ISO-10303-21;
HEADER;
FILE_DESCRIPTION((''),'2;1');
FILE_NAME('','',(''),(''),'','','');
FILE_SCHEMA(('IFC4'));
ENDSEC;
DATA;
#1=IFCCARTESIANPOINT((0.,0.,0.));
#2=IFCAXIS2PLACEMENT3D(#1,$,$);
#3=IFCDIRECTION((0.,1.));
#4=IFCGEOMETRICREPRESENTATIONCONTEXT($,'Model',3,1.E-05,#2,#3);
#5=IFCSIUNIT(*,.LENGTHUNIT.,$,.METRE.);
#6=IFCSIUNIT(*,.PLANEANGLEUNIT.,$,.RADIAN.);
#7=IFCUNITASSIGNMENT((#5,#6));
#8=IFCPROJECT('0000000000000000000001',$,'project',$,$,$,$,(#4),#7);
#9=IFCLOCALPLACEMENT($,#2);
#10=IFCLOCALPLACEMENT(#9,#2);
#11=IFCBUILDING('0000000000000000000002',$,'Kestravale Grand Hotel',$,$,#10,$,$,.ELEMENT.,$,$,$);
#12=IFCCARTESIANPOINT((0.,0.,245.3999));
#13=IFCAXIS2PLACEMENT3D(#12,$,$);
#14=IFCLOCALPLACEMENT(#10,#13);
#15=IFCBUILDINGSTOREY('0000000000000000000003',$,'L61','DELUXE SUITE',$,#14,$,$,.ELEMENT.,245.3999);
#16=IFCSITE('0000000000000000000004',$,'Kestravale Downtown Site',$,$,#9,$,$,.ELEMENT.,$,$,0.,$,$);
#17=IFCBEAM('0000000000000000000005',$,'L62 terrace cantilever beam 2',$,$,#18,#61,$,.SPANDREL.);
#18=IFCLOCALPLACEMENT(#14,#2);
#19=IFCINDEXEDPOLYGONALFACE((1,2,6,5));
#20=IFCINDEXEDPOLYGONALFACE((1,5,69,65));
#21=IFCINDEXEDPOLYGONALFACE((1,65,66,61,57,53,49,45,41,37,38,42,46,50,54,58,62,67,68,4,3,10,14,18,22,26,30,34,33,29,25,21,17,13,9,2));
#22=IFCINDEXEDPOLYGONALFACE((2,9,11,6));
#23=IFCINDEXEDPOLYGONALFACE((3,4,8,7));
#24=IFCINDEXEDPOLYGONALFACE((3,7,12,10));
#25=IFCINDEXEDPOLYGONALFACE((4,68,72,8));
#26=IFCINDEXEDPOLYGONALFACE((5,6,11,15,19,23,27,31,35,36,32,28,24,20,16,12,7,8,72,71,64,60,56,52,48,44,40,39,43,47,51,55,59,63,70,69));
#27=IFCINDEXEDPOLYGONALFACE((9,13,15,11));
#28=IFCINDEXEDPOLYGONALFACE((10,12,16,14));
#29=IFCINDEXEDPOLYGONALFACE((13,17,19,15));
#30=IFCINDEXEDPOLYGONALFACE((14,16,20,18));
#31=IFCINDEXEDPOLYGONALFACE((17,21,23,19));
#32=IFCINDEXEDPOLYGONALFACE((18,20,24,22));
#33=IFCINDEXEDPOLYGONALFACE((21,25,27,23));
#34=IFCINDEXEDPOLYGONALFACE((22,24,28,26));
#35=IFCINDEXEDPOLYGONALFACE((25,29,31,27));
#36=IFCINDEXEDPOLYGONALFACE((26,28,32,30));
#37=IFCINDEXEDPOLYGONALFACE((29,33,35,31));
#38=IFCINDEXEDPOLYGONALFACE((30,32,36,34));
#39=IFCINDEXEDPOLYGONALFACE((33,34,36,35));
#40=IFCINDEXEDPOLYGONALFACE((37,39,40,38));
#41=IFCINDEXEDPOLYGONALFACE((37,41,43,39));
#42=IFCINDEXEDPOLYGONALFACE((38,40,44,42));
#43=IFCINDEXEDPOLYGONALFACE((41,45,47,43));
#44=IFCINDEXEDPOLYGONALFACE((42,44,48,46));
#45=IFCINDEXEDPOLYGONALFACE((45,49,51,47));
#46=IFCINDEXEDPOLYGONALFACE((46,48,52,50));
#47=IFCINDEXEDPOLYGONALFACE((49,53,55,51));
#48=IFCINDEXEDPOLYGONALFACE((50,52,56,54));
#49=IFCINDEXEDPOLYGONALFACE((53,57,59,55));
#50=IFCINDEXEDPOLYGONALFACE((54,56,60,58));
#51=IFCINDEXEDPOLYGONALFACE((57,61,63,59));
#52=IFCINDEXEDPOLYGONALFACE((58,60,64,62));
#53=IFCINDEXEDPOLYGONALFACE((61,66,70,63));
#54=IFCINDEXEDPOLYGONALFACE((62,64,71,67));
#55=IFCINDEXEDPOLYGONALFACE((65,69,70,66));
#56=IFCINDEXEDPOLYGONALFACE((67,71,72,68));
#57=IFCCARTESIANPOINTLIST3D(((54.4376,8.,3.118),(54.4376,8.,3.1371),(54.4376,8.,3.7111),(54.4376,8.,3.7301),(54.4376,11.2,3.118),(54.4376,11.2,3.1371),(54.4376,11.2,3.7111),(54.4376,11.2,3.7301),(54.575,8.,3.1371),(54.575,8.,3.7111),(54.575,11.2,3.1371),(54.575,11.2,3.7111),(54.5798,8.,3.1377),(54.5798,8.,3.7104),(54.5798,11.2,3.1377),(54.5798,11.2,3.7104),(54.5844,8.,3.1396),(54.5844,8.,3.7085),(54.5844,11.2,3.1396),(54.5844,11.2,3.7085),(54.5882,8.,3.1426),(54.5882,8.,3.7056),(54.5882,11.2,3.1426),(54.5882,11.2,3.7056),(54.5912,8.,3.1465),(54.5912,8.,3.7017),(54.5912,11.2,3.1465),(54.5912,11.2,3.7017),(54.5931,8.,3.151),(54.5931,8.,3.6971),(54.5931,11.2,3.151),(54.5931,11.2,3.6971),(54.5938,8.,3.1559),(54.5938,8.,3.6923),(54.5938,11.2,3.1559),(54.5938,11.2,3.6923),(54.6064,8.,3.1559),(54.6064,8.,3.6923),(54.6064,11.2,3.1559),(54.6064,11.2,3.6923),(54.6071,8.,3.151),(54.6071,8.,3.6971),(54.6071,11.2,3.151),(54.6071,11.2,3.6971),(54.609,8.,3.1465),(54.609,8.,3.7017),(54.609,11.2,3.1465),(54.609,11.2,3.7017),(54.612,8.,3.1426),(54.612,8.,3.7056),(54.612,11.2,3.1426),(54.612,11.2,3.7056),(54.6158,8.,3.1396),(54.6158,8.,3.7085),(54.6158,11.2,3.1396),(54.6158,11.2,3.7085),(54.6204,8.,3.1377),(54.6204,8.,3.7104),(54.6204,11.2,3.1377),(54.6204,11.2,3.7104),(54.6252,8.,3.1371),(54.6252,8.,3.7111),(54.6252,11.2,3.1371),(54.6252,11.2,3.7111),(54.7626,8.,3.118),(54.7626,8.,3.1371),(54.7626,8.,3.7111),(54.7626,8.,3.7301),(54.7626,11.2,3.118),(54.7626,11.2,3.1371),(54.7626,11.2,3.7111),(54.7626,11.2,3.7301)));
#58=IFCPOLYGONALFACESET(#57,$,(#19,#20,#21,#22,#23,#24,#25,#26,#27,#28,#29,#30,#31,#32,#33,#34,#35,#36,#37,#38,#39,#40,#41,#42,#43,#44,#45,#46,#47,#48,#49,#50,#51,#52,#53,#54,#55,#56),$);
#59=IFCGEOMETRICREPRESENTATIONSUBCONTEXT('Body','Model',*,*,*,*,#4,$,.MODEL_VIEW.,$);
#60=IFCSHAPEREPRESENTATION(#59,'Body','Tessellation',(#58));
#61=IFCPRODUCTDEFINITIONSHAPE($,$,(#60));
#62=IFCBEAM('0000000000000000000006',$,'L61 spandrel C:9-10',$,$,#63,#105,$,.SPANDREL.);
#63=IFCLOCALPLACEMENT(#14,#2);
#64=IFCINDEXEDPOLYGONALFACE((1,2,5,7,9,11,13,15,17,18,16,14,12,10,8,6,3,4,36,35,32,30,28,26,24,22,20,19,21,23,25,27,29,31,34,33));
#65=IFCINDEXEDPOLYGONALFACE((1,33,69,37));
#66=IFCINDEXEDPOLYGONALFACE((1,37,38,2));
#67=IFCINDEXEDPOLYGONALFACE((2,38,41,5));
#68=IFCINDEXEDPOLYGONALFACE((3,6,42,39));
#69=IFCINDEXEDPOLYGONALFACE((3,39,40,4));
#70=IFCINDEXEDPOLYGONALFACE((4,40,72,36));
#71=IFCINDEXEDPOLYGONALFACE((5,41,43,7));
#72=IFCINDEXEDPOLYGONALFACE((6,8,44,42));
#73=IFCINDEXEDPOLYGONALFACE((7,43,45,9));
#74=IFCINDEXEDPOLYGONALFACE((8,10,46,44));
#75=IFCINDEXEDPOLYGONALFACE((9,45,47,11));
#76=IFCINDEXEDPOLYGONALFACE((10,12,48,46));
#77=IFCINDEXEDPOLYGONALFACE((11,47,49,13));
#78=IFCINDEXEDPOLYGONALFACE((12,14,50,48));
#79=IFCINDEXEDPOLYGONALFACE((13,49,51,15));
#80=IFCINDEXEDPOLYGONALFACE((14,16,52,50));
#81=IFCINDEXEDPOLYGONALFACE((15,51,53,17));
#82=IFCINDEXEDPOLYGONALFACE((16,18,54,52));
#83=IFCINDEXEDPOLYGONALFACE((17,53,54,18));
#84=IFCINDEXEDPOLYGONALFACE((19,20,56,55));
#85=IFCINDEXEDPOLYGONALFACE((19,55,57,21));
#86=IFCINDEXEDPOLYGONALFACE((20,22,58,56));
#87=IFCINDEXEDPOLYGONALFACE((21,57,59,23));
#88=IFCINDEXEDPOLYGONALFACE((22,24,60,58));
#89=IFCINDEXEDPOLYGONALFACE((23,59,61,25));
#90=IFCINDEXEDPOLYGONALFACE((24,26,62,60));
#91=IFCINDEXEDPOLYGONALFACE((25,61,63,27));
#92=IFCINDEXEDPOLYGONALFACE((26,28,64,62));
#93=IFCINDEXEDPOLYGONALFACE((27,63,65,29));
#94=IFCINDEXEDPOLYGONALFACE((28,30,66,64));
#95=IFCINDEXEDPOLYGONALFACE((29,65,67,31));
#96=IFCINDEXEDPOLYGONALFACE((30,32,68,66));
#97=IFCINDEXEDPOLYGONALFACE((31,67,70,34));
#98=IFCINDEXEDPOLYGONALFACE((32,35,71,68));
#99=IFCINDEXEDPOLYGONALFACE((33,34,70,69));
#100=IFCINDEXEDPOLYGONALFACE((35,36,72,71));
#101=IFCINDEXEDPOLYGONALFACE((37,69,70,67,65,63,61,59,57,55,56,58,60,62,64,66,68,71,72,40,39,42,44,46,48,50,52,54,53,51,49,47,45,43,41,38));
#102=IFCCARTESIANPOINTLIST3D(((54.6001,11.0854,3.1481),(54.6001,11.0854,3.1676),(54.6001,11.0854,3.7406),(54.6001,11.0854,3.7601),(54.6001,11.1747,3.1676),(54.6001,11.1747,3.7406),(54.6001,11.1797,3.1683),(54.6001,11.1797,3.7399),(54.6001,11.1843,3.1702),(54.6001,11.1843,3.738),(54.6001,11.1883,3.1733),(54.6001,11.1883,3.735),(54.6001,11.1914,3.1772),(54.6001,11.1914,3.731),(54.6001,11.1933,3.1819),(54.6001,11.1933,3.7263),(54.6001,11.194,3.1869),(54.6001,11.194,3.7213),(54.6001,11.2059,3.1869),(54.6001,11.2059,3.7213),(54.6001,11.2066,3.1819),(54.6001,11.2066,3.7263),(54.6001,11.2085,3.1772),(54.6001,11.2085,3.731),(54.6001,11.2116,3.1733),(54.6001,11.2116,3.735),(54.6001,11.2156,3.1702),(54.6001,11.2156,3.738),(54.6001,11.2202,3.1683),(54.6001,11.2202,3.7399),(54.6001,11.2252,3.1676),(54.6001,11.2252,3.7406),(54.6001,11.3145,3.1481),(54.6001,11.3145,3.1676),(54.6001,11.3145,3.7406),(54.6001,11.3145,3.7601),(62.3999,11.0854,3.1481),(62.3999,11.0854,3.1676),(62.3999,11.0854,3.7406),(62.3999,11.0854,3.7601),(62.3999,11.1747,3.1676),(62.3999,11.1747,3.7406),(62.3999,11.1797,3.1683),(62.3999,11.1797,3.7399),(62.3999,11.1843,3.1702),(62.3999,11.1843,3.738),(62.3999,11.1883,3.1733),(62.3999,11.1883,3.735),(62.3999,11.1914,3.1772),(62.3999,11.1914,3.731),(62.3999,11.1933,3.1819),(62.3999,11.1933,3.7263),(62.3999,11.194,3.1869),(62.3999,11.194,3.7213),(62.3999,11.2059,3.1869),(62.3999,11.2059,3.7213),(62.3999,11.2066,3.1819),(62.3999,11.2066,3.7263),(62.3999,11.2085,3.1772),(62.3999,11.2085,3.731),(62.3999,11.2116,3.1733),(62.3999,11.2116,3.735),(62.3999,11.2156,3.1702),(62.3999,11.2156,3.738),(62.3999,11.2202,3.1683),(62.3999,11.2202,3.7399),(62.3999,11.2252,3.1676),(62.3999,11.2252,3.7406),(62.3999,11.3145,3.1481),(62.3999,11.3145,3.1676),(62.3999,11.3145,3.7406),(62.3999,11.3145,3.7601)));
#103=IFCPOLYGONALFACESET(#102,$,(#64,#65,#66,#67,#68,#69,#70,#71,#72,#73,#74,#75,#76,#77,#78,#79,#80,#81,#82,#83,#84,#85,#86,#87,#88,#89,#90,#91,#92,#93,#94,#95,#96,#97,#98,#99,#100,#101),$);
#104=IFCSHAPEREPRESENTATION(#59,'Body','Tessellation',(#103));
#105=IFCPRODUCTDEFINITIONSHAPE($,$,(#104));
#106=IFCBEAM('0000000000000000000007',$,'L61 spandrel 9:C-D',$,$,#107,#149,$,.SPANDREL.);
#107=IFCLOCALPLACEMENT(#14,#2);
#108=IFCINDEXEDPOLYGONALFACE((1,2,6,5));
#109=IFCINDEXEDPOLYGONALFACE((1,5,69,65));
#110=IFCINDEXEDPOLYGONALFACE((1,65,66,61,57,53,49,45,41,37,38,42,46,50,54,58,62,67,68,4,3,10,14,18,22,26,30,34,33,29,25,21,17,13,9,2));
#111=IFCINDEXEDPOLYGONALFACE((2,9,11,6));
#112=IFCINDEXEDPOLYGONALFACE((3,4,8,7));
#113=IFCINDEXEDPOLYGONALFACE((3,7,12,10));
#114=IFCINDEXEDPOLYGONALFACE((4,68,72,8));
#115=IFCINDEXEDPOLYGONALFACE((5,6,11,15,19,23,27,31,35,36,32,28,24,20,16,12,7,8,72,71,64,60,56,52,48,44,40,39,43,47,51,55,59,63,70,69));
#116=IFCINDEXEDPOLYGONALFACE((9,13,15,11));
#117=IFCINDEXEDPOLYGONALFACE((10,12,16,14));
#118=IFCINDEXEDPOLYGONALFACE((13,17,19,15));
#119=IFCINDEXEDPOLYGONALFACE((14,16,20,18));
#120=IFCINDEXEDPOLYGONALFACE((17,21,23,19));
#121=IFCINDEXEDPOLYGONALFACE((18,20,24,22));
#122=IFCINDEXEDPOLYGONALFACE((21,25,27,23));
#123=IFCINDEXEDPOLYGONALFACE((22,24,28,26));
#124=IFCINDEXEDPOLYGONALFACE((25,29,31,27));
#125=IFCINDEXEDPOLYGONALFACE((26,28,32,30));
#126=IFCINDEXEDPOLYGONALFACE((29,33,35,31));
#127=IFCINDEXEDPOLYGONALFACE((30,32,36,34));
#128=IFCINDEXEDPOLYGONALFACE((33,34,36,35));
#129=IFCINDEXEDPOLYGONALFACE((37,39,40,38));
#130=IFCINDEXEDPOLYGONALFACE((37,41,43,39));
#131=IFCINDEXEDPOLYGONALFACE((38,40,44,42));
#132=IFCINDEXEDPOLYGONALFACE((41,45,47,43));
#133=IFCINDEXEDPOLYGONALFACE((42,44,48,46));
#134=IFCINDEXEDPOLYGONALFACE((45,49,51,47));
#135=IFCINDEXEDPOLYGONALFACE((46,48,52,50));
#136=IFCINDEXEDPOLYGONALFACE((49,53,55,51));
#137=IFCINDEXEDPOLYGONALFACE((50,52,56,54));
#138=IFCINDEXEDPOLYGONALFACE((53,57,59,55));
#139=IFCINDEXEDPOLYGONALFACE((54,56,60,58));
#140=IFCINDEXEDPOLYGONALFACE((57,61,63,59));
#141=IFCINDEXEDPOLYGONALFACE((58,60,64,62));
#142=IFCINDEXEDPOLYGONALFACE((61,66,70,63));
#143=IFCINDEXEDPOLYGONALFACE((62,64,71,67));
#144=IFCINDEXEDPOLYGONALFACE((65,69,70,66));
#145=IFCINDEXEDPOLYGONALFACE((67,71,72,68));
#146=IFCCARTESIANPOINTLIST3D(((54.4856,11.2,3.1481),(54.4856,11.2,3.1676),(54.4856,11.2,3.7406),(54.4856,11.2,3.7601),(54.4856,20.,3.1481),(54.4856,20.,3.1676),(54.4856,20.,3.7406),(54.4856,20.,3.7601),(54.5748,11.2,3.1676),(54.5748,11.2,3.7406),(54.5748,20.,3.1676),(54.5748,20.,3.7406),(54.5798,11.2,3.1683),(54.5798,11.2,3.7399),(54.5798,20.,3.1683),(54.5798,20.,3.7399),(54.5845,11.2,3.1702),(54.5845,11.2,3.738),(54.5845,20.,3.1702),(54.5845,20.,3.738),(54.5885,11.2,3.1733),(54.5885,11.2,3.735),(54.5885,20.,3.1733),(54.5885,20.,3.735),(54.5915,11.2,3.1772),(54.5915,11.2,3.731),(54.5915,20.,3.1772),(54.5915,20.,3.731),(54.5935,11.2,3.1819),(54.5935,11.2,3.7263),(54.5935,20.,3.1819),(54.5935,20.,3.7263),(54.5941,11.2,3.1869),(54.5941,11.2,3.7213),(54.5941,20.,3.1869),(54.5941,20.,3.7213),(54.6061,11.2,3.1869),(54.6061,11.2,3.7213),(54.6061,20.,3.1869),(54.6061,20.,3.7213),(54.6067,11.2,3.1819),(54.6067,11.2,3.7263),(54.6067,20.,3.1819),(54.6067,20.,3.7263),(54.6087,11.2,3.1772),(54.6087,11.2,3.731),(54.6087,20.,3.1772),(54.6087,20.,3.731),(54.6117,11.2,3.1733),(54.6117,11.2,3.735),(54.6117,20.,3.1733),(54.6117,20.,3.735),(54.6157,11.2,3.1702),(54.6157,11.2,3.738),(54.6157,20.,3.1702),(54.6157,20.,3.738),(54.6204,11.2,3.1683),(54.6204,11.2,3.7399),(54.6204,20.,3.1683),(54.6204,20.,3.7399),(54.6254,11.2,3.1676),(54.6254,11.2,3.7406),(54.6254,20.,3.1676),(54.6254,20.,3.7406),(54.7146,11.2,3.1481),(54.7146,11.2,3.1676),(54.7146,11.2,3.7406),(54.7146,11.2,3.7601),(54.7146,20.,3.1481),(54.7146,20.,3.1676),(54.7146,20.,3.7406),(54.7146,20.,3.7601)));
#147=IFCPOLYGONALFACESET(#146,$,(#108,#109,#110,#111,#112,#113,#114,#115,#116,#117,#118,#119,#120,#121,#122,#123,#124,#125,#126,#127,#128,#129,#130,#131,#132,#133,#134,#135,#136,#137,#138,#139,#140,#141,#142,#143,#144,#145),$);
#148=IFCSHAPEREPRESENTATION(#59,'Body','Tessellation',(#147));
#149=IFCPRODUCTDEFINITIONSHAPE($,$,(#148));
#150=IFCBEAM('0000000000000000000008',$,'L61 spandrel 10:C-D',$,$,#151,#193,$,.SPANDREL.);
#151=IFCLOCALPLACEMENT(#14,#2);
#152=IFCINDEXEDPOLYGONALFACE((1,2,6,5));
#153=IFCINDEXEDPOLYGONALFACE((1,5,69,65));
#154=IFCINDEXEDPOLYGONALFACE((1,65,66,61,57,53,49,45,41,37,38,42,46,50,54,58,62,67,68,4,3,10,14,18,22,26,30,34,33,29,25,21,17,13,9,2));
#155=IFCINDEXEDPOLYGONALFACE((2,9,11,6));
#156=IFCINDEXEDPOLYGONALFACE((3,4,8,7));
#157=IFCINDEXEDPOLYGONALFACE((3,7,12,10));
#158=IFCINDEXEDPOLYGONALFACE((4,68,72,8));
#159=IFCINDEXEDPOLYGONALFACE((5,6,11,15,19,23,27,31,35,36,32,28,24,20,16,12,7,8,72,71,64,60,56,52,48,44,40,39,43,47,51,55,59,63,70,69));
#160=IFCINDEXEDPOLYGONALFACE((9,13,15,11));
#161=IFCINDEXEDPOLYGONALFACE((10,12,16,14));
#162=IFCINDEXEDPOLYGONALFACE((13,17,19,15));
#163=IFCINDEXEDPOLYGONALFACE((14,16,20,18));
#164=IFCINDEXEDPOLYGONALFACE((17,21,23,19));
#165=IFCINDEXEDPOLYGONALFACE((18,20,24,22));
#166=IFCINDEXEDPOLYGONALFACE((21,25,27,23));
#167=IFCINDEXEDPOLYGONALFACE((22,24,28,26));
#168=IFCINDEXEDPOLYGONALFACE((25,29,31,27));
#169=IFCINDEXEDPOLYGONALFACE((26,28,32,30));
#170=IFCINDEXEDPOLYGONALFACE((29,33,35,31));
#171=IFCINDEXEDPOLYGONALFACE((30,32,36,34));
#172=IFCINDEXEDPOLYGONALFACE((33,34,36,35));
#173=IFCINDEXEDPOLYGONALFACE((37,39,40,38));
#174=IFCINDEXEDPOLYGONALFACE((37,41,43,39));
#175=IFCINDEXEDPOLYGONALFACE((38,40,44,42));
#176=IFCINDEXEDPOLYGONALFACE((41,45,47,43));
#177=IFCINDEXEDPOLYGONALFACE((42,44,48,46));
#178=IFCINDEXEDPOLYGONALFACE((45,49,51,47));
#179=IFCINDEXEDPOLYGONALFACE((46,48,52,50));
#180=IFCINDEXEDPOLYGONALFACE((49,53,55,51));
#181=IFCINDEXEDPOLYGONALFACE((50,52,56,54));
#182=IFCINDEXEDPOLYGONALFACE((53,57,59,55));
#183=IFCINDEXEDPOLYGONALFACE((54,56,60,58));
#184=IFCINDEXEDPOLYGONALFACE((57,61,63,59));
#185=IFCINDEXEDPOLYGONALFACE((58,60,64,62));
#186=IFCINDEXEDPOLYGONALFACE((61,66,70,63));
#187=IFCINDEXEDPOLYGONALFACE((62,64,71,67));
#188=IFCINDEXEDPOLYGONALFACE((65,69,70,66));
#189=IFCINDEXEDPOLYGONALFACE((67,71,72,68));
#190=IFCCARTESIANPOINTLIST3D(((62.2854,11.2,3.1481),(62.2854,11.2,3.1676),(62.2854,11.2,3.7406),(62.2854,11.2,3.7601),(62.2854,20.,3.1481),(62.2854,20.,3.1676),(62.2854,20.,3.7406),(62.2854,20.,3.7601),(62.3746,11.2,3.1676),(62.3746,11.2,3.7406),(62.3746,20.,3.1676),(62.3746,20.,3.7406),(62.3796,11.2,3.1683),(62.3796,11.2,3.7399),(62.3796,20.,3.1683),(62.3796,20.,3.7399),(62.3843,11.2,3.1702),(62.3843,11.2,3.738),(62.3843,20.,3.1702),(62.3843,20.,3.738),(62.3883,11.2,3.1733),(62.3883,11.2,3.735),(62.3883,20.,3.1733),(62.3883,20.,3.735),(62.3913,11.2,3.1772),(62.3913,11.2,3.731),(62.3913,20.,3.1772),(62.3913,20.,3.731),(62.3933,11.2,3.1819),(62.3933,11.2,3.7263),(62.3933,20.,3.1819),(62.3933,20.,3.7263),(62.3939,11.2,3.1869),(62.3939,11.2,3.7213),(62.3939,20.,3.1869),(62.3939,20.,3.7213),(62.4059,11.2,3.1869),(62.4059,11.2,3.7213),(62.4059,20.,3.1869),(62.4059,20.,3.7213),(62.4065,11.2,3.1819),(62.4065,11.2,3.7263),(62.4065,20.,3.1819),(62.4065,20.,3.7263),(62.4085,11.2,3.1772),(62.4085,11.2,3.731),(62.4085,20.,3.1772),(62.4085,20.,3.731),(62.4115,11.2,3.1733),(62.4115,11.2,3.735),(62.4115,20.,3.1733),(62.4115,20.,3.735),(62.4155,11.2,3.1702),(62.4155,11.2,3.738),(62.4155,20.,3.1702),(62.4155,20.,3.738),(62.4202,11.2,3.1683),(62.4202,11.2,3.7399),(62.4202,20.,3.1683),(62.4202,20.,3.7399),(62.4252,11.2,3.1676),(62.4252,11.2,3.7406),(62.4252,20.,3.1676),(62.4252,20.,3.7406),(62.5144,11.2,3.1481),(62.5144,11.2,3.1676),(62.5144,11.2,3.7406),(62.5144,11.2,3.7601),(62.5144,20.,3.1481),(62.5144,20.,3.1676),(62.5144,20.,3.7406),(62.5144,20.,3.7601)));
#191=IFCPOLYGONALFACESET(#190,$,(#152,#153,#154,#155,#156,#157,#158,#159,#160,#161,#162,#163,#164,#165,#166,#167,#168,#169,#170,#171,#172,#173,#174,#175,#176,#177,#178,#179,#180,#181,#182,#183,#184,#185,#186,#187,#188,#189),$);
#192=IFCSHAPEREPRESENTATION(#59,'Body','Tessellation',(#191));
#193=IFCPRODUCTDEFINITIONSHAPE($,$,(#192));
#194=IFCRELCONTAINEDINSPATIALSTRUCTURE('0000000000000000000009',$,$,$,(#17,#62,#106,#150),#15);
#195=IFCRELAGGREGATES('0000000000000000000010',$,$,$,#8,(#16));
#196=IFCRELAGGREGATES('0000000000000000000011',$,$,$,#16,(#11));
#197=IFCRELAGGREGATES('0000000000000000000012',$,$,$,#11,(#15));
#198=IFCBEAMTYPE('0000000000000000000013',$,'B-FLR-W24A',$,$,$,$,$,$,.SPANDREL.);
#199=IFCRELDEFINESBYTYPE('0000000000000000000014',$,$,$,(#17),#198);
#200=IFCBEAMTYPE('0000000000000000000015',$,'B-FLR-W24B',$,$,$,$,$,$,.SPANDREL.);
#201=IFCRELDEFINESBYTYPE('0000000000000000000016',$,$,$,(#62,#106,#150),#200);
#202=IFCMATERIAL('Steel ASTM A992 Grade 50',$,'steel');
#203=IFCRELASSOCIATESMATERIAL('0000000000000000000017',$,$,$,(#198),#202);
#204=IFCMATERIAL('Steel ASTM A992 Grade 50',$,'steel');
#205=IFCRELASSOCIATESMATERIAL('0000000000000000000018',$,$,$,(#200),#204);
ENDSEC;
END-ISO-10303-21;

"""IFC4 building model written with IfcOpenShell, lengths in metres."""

from ifc_helpers import new_model, si_unit, direction, frame, origin, origin_2d, place, context, subcontext, project, spatial, i_section, extrude, material, material_profile, profile_set, type_object, element, save


model = new_model("IFC4")

# Units and contexts
model_context = context("Model", 3, precision=1e-05, world=origin(), true_north=direction((0.0, 1.0)))
body_context = subcontext(model_context, "Body", "Model", "MODEL_VIEW")
ifc_project = project(units=[si_unit("LENGTHUNIT", "METRE"), si_unit("PLANEANGLEUNIT", "RADIAN")], contexts=[model_context])

# Site, building, storey
site_placement = place(None, origin())
site = spatial("IfcSite", under=ifc_project, at=site_placement, Name="Kestravale Downtown Site", CompositionType="ELEMENT", RefElevation=0.0)
building_placement = place(site_placement, origin())
building = spatial("IfcBuilding", under=site, at=building_placement, Name="Kestravale Grand Hotel", CompositionType="ELEMENT")
storey_placement = place(building_placement, frame((0.0, 0.0, 245.3999)))
storey = spatial("IfcBuildingStorey", under=building, at=storey_placement, Name="L61", Description="DELUXE SUITE", CompositionType="ELEMENT", Elevation=245.3999)

# Beams
ifc_material_1 = material(Name="Steel ASTM A992 Grade 50", Category="steel")
ifc_material_profile_1 = material_profile(ifc_material_1, i_section(OverallWidth=0.325, OverallDepth=0.6121, WebThickness=0.0127, FlangeThickness=0.019, FilletRadius=0.0188, at=origin_2d()))
ifc_profile_set_1 = profile_set([ifc_material_profile_1], Name="Steel ASTM A992 Grade 50")
beam_type_1 = type_object("IfcBeamType", Name="B-FLR-W24A", PredefinedType="SPANDREL", material=ifc_profile_set_1)
beam_1_placement = place(storey_placement, frame((54.6001, 11.2, 3.4241), z_axis=(0.0, -1.0, 0.0), x_axis=(1.0, 0.0, 0.0)))
element("IfcBeam", 1, at=beam_1_placement, inside=storey, type_object=beam_type_1, Name="L62 terrace cantilever beam 2", PredefinedType="SPANDREL", context=body_context, shape_type="SweptSolid", body=[
    extrude(i_section(OverallWidth=0.325, OverallDepth=0.6121, WebThickness=0.0127, FlangeThickness=0.019, FilletRadius=0.0188, at=origin_2d()), origin(), (0.0, 0.0, 1.0), 3.2),
])
ifc_material_2 = material(Name="Steel ASTM A992 Grade 50", Category="steel")
ifc_material_profile_2 = material_profile(ifc_material_2, i_section(OverallWidth=0.229, OverallDepth=0.6121, WebThickness=0.012, FlangeThickness=0.0195, FilletRadius=0.0193, at=origin_2d()))
ifc_profile_set_2 = profile_set([ifc_material_profile_2], Name="Steel ASTM A992 Grade 50")
beam_type_2 = type_object("IfcBeamType", Name="B-FLR-W24B", PredefinedType="SPANDREL", material=ifc_profile_set_2)
beam_2_placement = place(storey_placement, frame((54.6001, 11.2, 3.4541), z_axis=(1.0, 0.0, 0.0), x_axis=(0.0, 1.0, 0.0)))
element("IfcBeam", 2, at=beam_2_placement, inside=storey, type_object=beam_type_2, Name="L61 spandrel C:9-10", PredefinedType="SPANDREL", context=body_context, shape_type="SweptSolid", body=[
    extrude(i_section(OverallWidth=0.229, OverallDepth=0.6121, WebThickness=0.012, FlangeThickness=0.0195, FilletRadius=0.0193, at=origin_2d()), origin(), (0.0, 0.0, 1.0), 7.7998),
])
for number, where, z_axis, x_axis, name in (
    (3, (54.6001, 11.2, 3.4541), (0.0, 1.0, 0.0), (-1.0, 0.0, 0.0), "L61 spandrel 9:C-D"),
    (4, (62.3999, 11.2, 3.4541), (0.0, 1.0, 0.0), (-1.0, 0.0, 0.0), "L61 spandrel 10:C-D"),
):
    element("IfcBeam", number, at=place(storey_placement, frame(where, z_axis=z_axis, x_axis=x_axis)), inside=storey, type_object=beam_type_2, Name=name, PredefinedType="SPANDREL", context=body_context, shape_type="SweptSolid", body=[
        extrude(i_section(OverallWidth=0.229, OverallDepth=0.6121, WebThickness=0.012, FlangeThickness=0.0195, FilletRadius=0.0193, at=origin_2d()), origin(), (0.0, 0.0, 1.0), 8.8),
    ])

save(model, "model.ifc")
